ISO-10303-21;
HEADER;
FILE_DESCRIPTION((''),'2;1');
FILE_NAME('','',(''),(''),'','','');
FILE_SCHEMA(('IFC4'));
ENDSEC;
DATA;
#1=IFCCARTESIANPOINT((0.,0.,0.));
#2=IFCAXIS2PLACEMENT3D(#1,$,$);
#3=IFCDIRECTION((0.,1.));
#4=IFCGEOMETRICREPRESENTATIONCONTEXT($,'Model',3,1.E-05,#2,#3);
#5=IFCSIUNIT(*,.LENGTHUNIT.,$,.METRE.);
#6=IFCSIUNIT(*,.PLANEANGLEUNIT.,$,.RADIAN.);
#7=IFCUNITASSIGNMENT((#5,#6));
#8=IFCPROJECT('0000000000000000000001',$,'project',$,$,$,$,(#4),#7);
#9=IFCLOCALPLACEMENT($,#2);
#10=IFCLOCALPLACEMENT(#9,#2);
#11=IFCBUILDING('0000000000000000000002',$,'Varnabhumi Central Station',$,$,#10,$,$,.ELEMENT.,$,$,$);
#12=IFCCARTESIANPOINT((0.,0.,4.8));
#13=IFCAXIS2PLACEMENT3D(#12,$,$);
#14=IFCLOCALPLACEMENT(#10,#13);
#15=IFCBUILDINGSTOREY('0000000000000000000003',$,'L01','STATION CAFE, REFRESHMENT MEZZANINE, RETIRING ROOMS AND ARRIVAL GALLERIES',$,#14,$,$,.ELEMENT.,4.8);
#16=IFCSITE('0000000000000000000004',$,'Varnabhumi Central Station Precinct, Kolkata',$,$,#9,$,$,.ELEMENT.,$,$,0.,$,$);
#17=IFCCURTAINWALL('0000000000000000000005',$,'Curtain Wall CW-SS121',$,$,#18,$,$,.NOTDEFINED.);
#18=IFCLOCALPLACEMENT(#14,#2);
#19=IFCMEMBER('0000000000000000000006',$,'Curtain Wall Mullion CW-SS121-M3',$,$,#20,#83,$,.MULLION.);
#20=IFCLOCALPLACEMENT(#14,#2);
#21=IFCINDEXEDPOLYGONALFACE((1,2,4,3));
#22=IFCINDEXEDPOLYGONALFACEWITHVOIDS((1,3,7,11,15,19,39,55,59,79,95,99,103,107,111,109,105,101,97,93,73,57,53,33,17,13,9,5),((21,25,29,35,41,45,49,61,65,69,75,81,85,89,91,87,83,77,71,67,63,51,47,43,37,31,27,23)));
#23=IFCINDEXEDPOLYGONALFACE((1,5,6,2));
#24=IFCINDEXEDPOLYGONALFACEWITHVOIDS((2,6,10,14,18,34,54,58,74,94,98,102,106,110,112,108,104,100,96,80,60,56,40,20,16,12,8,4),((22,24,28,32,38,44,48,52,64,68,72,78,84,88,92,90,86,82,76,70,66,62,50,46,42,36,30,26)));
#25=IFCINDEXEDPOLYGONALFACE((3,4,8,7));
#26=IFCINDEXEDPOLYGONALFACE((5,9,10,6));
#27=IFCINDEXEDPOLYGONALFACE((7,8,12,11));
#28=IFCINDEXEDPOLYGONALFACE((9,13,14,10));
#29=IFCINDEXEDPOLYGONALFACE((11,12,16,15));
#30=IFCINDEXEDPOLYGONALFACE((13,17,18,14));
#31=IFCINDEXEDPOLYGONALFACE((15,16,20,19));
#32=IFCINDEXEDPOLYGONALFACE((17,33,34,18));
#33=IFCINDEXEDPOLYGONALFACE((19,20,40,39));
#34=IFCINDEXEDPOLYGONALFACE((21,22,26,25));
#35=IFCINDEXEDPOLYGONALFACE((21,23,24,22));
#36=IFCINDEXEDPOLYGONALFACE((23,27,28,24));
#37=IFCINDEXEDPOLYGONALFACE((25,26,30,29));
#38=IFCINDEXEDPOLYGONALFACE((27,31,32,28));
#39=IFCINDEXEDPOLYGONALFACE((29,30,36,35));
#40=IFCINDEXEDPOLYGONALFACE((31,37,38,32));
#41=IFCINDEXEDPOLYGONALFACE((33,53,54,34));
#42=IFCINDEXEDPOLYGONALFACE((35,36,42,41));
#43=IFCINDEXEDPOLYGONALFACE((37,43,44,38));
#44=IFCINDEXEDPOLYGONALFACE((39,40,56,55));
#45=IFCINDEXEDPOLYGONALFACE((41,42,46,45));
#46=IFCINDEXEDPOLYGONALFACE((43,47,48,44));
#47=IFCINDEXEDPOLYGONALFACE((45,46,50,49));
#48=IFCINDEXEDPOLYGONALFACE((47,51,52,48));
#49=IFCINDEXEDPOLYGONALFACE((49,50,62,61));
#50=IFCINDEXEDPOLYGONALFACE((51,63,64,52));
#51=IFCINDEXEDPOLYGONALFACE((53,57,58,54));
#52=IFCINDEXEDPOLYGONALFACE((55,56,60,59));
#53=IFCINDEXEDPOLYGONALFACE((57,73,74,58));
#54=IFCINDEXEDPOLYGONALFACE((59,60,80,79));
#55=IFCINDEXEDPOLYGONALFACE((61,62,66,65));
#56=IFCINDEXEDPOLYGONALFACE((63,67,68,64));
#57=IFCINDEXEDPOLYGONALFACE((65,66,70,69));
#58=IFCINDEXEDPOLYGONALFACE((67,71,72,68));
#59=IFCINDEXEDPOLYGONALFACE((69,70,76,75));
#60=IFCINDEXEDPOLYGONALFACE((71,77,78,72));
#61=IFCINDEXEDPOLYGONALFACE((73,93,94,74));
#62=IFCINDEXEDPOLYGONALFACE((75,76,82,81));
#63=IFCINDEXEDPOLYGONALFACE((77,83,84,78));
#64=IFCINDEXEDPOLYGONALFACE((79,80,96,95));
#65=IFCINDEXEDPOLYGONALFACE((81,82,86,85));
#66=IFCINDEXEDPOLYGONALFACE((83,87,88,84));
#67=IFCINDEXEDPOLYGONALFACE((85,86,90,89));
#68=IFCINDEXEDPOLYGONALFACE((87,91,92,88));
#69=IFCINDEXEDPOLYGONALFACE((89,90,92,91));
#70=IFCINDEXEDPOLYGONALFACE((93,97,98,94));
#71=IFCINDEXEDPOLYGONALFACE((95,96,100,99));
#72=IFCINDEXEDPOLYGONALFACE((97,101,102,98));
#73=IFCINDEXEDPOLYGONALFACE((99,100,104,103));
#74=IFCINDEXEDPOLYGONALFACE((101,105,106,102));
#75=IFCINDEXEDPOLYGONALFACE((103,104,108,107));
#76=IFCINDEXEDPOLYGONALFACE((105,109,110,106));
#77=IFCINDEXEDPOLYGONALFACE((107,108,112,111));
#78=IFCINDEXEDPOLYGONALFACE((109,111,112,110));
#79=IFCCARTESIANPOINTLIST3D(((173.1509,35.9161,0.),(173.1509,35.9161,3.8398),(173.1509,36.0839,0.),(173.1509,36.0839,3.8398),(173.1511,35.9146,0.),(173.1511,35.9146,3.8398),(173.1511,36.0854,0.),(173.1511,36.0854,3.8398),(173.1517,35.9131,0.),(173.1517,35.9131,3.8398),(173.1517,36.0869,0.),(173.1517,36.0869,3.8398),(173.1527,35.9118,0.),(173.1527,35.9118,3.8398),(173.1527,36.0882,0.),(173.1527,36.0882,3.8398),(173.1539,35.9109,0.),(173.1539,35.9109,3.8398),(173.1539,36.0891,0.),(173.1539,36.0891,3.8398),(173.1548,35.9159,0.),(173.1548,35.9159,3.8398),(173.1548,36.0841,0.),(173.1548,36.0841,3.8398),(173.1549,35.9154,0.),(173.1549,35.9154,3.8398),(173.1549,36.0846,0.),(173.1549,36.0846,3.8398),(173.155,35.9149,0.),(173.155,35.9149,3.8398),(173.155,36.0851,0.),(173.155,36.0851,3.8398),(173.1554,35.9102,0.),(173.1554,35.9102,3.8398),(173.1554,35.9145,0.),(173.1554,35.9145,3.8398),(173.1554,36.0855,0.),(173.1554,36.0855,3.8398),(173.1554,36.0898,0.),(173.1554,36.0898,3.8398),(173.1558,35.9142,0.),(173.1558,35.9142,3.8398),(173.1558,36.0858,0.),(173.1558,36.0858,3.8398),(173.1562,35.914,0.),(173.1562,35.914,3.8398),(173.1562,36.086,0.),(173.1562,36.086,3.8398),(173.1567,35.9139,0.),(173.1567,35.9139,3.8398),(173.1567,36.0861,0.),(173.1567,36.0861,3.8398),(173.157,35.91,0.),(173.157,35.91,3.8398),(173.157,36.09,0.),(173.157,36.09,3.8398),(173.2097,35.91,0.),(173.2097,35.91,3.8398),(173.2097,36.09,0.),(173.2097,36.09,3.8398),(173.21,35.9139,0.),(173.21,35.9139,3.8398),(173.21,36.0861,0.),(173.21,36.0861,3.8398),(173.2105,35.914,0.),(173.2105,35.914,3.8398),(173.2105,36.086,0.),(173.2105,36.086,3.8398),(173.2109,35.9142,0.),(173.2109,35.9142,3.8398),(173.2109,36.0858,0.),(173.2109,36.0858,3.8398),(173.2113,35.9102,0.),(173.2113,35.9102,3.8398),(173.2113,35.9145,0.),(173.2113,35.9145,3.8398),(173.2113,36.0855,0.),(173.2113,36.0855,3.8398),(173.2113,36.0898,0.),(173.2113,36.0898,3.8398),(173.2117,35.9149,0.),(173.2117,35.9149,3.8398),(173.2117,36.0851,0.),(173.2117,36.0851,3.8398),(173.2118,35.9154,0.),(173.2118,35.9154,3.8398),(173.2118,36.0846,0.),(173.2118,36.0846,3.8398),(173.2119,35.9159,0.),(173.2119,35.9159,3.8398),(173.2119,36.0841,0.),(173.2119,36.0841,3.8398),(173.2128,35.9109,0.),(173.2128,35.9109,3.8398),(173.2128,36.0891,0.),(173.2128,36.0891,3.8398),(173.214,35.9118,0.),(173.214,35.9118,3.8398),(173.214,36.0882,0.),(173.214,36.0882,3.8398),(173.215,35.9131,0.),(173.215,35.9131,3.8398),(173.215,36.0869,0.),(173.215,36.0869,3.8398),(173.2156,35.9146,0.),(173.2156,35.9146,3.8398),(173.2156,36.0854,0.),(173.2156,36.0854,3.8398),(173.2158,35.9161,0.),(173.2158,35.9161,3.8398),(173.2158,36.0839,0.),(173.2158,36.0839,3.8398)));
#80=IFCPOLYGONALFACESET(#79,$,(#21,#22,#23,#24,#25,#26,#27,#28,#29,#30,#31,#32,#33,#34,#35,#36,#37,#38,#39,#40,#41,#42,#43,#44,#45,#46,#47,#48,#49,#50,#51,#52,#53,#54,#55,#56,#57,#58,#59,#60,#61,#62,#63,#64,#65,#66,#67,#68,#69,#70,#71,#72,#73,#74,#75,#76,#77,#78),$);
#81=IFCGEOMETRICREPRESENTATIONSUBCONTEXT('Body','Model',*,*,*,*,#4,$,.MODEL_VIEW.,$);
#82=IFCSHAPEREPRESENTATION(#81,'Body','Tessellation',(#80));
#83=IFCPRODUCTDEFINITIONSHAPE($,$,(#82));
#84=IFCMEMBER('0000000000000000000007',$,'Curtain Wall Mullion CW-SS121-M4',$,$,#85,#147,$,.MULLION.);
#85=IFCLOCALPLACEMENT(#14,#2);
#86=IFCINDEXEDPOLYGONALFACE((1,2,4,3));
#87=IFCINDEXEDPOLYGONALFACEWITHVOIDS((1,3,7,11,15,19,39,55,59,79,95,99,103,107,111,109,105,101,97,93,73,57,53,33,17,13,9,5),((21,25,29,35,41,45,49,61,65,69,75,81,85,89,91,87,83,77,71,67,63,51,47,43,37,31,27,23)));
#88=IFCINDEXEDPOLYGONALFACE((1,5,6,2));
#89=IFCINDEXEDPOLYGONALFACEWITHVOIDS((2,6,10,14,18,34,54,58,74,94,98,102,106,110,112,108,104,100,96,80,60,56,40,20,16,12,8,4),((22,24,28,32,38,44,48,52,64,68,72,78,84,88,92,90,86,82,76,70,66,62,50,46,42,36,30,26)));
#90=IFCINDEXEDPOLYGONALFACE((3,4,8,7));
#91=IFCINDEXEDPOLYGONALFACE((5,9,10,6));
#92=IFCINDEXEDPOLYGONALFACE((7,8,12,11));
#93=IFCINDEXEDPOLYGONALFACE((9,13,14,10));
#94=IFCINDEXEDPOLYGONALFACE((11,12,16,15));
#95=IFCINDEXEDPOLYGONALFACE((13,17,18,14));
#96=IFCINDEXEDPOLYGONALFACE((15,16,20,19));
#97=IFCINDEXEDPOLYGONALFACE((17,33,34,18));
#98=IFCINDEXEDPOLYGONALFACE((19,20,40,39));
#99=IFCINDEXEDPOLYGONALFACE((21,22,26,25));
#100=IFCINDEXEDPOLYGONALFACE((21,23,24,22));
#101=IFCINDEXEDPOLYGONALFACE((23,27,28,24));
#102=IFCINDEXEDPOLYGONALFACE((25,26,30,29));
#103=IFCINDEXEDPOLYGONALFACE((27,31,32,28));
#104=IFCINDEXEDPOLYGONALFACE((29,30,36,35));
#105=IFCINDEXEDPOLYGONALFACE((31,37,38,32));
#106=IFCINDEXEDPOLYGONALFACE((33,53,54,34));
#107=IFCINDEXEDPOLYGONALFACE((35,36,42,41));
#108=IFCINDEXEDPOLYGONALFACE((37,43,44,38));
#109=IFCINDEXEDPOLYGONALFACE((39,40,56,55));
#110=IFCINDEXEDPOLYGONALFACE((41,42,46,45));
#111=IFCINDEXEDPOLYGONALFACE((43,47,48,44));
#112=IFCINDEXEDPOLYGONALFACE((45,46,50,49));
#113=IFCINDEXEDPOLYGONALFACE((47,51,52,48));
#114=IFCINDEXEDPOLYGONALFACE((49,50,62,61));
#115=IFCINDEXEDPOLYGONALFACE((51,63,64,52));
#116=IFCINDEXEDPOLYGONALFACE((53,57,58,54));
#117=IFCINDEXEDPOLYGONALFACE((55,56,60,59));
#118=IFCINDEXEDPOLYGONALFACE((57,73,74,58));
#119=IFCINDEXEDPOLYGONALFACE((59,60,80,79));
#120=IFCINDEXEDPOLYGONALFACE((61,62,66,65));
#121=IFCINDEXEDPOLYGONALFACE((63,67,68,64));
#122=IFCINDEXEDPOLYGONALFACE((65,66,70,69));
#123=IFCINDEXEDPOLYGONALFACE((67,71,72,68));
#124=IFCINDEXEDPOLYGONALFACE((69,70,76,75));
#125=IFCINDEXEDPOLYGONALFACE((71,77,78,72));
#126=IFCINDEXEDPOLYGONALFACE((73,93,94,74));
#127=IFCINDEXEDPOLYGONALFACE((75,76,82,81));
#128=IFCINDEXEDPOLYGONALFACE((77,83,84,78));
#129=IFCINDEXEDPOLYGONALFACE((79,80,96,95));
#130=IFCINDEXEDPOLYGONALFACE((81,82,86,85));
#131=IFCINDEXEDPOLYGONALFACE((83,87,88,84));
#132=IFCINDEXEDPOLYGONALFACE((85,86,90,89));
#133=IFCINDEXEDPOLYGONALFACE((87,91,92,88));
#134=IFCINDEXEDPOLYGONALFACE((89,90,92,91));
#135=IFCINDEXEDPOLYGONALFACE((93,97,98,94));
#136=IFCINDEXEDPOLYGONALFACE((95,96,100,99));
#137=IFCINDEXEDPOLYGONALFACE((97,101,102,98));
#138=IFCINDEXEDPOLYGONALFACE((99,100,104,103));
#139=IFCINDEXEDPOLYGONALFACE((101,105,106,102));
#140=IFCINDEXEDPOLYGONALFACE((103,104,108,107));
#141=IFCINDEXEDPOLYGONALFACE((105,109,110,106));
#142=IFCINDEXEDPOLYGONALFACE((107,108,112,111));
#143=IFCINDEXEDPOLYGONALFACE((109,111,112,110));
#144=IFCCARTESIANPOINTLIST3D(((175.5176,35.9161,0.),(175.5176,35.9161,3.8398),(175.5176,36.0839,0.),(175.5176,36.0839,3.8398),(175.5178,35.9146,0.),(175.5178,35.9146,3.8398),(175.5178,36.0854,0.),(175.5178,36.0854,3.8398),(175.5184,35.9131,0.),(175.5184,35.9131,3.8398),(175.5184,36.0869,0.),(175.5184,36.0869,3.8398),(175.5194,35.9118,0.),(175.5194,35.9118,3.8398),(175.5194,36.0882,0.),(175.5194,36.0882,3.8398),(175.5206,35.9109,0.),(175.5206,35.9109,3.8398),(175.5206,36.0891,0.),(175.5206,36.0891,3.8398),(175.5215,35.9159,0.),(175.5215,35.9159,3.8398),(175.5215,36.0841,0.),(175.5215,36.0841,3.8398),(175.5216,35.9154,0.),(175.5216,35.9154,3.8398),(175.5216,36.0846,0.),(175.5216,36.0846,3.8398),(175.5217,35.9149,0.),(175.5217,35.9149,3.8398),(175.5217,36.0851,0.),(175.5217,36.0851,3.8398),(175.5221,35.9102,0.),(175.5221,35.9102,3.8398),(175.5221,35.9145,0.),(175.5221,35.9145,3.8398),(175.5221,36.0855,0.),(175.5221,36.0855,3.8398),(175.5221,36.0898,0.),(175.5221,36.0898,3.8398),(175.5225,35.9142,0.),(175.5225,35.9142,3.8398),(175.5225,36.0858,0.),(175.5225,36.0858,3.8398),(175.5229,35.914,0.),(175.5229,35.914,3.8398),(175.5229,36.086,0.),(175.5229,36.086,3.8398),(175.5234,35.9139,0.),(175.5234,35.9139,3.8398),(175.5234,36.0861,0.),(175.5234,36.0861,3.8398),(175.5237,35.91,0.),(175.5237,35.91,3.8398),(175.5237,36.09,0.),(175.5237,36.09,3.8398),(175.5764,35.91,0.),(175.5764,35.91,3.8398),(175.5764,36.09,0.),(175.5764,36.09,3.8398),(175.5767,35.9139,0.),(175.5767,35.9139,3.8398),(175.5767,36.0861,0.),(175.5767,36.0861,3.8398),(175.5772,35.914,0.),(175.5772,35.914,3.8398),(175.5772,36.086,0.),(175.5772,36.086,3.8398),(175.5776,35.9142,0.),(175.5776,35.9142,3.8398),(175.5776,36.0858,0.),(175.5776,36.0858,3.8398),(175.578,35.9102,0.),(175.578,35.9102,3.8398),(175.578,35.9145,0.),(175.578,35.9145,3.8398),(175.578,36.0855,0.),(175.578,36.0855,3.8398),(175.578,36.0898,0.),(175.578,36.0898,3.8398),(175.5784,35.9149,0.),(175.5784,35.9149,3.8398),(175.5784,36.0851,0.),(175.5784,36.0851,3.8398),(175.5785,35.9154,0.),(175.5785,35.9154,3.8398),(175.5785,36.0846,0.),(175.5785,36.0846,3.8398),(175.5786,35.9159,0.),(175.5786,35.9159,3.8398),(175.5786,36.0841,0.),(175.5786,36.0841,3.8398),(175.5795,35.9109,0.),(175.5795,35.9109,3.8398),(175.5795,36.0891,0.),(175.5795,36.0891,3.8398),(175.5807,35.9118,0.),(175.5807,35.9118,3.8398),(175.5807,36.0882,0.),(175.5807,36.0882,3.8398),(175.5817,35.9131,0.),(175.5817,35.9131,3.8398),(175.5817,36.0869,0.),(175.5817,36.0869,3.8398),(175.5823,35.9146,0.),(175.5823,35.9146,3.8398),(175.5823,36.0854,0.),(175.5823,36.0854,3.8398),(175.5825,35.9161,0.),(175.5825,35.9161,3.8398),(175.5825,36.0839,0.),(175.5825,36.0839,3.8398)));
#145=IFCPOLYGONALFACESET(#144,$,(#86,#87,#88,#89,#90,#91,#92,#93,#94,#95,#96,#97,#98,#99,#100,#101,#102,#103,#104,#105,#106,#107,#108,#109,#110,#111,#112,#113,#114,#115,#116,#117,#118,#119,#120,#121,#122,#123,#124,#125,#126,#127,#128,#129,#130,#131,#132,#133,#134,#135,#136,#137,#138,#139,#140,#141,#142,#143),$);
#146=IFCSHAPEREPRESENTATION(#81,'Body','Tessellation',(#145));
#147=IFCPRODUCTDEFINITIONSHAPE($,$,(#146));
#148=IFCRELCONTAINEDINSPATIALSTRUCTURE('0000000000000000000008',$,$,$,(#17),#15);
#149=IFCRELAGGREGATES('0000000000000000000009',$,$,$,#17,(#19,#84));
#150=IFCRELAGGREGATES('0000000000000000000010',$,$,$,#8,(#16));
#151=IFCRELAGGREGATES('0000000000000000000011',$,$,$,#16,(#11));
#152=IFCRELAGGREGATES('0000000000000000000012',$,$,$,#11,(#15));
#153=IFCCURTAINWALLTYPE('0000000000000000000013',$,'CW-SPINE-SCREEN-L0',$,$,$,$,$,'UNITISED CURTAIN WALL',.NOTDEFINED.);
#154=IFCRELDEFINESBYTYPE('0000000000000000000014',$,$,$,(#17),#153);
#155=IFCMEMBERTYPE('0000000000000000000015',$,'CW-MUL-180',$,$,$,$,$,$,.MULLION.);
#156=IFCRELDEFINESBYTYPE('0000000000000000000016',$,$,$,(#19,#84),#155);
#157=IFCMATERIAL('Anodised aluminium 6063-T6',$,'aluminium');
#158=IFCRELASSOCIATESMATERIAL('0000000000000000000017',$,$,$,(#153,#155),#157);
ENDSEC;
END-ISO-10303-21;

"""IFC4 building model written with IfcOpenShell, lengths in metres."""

from ifc_helpers import new_model, si_unit, direction, frame, origin, origin_2d, place, context, subcontext, project, spatial, hollow_rectangle, extrude, material, material_profile, profile_set, type_object, element, aggregate, save


model = new_model("IFC4")

# Units and contexts
model_context = context("Model", 3, precision=1e-05, world=origin(), true_north=direction((0.0, 1.0)))
body_context = subcontext(model_context, "Body", "Model", "MODEL_VIEW")
ifc_project = project(units=[si_unit("LENGTHUNIT", "METRE"), si_unit("PLANEANGLEUNIT", "RADIAN")], contexts=[model_context])

# Site, building, storey
site_placement = place(None, origin())
site = spatial("IfcSite", under=ifc_project, at=site_placement, Name="Varnabhumi Central Station Precinct, Kolkata", CompositionType="ELEMENT", RefElevation=0.0)
building_placement = place(site_placement, origin())
building = spatial("IfcBuilding", under=site, at=building_placement, Name="Varnabhumi Central Station", CompositionType="ELEMENT")
storey_placement = place(building_placement, frame((0.0, 0.0, 4.8)))
storey = spatial("IfcBuildingStorey", under=building, at=storey_placement, Name="L01", Description="STATION CAFE, REFRESHMENT MEZZANINE, RETIRING ROOMS AND ARRIVAL GALLERIES", CompositionType="ELEMENT", Elevation=4.8)

# Curtain wall, members
ifc_material_1 = material(Name="Anodised aluminium 6063-T6", Category="aluminium")
curtain_wall_type = type_object("IfcCurtainWallType", Name="CW-SPINE-SCREEN-L0", ElementType="UNITISED CURTAIN WALL", PredefinedType="NOTDEFINED", material=ifc_material_1)
curtain_wall_placement = place(storey_placement, origin())
curtain_wall = element("IfcCurtainWall", 1, at=curtain_wall_placement, inside=storey, type_object=curtain_wall_type, Name="Curtain Wall CW-SS121", PredefinedType="NOTDEFINED")
ifc_material_profile_1 = material_profile(ifc_material_1, hollow_rectangle(XDim=0.0649, YDim=0.1799, WallThickness=0.0039, InnerFilletRadius=0.002, OuterFilletRadius=0.0061, at=origin_2d()), Name="Anodised aluminium 6063-T6", Category="aluminium")
ifc_profile_set_1 = profile_set([ifc_material_profile_1], Name="Anodised aluminium 6063-T6")
member_type_1 = type_object("IfcMemberType", Name="CW-MUL-180", PredefinedType="MULLION", material=ifc_profile_set_1)
member_1_placement = place(storey_placement, frame((173.1833, 36.0, 0.0), z_axis=(0.0, 0.0, 1.0), x_axis=(1.0, 0.0, 0.0)))
member_1 = element("IfcMember", 2, at=member_1_placement, type_object=member_type_1, Name="Curtain Wall Mullion CW-SS121-M3", PredefinedType="MULLION", context=body_context, shape_type="SweptSolid", body=[
    extrude(hollow_rectangle(XDim=0.0649, YDim=0.1799, WallThickness=0.0039, InnerFilletRadius=0.002, OuterFilletRadius=0.0061, at=origin_2d()), origin(), (0.0, 0.0, 1.0), 3.8398),
])
member_2_placement = place(storey_placement, frame((175.55, 36.0, 0.0), z_axis=(0.0, 0.0, 1.0), x_axis=(1.0, 0.0, 0.0)))
member_2 = element("IfcMember", 3, at=member_2_placement, type_object=member_type_1, Name="Curtain Wall Mullion CW-SS121-M4", PredefinedType="MULLION", context=body_context, shape_type="SweptSolid", body=[
    extrude(hollow_rectangle(XDim=0.0649, YDim=0.1799, WallThickness=0.0039, InnerFilletRadius=0.002, OuterFilletRadius=0.0061, at=origin_2d()), origin(), (0.0, 0.0, 1.0), 3.8398),
])
aggregate(curtain_wall, [member_1, member_2])

save(model, "model.ifc")
